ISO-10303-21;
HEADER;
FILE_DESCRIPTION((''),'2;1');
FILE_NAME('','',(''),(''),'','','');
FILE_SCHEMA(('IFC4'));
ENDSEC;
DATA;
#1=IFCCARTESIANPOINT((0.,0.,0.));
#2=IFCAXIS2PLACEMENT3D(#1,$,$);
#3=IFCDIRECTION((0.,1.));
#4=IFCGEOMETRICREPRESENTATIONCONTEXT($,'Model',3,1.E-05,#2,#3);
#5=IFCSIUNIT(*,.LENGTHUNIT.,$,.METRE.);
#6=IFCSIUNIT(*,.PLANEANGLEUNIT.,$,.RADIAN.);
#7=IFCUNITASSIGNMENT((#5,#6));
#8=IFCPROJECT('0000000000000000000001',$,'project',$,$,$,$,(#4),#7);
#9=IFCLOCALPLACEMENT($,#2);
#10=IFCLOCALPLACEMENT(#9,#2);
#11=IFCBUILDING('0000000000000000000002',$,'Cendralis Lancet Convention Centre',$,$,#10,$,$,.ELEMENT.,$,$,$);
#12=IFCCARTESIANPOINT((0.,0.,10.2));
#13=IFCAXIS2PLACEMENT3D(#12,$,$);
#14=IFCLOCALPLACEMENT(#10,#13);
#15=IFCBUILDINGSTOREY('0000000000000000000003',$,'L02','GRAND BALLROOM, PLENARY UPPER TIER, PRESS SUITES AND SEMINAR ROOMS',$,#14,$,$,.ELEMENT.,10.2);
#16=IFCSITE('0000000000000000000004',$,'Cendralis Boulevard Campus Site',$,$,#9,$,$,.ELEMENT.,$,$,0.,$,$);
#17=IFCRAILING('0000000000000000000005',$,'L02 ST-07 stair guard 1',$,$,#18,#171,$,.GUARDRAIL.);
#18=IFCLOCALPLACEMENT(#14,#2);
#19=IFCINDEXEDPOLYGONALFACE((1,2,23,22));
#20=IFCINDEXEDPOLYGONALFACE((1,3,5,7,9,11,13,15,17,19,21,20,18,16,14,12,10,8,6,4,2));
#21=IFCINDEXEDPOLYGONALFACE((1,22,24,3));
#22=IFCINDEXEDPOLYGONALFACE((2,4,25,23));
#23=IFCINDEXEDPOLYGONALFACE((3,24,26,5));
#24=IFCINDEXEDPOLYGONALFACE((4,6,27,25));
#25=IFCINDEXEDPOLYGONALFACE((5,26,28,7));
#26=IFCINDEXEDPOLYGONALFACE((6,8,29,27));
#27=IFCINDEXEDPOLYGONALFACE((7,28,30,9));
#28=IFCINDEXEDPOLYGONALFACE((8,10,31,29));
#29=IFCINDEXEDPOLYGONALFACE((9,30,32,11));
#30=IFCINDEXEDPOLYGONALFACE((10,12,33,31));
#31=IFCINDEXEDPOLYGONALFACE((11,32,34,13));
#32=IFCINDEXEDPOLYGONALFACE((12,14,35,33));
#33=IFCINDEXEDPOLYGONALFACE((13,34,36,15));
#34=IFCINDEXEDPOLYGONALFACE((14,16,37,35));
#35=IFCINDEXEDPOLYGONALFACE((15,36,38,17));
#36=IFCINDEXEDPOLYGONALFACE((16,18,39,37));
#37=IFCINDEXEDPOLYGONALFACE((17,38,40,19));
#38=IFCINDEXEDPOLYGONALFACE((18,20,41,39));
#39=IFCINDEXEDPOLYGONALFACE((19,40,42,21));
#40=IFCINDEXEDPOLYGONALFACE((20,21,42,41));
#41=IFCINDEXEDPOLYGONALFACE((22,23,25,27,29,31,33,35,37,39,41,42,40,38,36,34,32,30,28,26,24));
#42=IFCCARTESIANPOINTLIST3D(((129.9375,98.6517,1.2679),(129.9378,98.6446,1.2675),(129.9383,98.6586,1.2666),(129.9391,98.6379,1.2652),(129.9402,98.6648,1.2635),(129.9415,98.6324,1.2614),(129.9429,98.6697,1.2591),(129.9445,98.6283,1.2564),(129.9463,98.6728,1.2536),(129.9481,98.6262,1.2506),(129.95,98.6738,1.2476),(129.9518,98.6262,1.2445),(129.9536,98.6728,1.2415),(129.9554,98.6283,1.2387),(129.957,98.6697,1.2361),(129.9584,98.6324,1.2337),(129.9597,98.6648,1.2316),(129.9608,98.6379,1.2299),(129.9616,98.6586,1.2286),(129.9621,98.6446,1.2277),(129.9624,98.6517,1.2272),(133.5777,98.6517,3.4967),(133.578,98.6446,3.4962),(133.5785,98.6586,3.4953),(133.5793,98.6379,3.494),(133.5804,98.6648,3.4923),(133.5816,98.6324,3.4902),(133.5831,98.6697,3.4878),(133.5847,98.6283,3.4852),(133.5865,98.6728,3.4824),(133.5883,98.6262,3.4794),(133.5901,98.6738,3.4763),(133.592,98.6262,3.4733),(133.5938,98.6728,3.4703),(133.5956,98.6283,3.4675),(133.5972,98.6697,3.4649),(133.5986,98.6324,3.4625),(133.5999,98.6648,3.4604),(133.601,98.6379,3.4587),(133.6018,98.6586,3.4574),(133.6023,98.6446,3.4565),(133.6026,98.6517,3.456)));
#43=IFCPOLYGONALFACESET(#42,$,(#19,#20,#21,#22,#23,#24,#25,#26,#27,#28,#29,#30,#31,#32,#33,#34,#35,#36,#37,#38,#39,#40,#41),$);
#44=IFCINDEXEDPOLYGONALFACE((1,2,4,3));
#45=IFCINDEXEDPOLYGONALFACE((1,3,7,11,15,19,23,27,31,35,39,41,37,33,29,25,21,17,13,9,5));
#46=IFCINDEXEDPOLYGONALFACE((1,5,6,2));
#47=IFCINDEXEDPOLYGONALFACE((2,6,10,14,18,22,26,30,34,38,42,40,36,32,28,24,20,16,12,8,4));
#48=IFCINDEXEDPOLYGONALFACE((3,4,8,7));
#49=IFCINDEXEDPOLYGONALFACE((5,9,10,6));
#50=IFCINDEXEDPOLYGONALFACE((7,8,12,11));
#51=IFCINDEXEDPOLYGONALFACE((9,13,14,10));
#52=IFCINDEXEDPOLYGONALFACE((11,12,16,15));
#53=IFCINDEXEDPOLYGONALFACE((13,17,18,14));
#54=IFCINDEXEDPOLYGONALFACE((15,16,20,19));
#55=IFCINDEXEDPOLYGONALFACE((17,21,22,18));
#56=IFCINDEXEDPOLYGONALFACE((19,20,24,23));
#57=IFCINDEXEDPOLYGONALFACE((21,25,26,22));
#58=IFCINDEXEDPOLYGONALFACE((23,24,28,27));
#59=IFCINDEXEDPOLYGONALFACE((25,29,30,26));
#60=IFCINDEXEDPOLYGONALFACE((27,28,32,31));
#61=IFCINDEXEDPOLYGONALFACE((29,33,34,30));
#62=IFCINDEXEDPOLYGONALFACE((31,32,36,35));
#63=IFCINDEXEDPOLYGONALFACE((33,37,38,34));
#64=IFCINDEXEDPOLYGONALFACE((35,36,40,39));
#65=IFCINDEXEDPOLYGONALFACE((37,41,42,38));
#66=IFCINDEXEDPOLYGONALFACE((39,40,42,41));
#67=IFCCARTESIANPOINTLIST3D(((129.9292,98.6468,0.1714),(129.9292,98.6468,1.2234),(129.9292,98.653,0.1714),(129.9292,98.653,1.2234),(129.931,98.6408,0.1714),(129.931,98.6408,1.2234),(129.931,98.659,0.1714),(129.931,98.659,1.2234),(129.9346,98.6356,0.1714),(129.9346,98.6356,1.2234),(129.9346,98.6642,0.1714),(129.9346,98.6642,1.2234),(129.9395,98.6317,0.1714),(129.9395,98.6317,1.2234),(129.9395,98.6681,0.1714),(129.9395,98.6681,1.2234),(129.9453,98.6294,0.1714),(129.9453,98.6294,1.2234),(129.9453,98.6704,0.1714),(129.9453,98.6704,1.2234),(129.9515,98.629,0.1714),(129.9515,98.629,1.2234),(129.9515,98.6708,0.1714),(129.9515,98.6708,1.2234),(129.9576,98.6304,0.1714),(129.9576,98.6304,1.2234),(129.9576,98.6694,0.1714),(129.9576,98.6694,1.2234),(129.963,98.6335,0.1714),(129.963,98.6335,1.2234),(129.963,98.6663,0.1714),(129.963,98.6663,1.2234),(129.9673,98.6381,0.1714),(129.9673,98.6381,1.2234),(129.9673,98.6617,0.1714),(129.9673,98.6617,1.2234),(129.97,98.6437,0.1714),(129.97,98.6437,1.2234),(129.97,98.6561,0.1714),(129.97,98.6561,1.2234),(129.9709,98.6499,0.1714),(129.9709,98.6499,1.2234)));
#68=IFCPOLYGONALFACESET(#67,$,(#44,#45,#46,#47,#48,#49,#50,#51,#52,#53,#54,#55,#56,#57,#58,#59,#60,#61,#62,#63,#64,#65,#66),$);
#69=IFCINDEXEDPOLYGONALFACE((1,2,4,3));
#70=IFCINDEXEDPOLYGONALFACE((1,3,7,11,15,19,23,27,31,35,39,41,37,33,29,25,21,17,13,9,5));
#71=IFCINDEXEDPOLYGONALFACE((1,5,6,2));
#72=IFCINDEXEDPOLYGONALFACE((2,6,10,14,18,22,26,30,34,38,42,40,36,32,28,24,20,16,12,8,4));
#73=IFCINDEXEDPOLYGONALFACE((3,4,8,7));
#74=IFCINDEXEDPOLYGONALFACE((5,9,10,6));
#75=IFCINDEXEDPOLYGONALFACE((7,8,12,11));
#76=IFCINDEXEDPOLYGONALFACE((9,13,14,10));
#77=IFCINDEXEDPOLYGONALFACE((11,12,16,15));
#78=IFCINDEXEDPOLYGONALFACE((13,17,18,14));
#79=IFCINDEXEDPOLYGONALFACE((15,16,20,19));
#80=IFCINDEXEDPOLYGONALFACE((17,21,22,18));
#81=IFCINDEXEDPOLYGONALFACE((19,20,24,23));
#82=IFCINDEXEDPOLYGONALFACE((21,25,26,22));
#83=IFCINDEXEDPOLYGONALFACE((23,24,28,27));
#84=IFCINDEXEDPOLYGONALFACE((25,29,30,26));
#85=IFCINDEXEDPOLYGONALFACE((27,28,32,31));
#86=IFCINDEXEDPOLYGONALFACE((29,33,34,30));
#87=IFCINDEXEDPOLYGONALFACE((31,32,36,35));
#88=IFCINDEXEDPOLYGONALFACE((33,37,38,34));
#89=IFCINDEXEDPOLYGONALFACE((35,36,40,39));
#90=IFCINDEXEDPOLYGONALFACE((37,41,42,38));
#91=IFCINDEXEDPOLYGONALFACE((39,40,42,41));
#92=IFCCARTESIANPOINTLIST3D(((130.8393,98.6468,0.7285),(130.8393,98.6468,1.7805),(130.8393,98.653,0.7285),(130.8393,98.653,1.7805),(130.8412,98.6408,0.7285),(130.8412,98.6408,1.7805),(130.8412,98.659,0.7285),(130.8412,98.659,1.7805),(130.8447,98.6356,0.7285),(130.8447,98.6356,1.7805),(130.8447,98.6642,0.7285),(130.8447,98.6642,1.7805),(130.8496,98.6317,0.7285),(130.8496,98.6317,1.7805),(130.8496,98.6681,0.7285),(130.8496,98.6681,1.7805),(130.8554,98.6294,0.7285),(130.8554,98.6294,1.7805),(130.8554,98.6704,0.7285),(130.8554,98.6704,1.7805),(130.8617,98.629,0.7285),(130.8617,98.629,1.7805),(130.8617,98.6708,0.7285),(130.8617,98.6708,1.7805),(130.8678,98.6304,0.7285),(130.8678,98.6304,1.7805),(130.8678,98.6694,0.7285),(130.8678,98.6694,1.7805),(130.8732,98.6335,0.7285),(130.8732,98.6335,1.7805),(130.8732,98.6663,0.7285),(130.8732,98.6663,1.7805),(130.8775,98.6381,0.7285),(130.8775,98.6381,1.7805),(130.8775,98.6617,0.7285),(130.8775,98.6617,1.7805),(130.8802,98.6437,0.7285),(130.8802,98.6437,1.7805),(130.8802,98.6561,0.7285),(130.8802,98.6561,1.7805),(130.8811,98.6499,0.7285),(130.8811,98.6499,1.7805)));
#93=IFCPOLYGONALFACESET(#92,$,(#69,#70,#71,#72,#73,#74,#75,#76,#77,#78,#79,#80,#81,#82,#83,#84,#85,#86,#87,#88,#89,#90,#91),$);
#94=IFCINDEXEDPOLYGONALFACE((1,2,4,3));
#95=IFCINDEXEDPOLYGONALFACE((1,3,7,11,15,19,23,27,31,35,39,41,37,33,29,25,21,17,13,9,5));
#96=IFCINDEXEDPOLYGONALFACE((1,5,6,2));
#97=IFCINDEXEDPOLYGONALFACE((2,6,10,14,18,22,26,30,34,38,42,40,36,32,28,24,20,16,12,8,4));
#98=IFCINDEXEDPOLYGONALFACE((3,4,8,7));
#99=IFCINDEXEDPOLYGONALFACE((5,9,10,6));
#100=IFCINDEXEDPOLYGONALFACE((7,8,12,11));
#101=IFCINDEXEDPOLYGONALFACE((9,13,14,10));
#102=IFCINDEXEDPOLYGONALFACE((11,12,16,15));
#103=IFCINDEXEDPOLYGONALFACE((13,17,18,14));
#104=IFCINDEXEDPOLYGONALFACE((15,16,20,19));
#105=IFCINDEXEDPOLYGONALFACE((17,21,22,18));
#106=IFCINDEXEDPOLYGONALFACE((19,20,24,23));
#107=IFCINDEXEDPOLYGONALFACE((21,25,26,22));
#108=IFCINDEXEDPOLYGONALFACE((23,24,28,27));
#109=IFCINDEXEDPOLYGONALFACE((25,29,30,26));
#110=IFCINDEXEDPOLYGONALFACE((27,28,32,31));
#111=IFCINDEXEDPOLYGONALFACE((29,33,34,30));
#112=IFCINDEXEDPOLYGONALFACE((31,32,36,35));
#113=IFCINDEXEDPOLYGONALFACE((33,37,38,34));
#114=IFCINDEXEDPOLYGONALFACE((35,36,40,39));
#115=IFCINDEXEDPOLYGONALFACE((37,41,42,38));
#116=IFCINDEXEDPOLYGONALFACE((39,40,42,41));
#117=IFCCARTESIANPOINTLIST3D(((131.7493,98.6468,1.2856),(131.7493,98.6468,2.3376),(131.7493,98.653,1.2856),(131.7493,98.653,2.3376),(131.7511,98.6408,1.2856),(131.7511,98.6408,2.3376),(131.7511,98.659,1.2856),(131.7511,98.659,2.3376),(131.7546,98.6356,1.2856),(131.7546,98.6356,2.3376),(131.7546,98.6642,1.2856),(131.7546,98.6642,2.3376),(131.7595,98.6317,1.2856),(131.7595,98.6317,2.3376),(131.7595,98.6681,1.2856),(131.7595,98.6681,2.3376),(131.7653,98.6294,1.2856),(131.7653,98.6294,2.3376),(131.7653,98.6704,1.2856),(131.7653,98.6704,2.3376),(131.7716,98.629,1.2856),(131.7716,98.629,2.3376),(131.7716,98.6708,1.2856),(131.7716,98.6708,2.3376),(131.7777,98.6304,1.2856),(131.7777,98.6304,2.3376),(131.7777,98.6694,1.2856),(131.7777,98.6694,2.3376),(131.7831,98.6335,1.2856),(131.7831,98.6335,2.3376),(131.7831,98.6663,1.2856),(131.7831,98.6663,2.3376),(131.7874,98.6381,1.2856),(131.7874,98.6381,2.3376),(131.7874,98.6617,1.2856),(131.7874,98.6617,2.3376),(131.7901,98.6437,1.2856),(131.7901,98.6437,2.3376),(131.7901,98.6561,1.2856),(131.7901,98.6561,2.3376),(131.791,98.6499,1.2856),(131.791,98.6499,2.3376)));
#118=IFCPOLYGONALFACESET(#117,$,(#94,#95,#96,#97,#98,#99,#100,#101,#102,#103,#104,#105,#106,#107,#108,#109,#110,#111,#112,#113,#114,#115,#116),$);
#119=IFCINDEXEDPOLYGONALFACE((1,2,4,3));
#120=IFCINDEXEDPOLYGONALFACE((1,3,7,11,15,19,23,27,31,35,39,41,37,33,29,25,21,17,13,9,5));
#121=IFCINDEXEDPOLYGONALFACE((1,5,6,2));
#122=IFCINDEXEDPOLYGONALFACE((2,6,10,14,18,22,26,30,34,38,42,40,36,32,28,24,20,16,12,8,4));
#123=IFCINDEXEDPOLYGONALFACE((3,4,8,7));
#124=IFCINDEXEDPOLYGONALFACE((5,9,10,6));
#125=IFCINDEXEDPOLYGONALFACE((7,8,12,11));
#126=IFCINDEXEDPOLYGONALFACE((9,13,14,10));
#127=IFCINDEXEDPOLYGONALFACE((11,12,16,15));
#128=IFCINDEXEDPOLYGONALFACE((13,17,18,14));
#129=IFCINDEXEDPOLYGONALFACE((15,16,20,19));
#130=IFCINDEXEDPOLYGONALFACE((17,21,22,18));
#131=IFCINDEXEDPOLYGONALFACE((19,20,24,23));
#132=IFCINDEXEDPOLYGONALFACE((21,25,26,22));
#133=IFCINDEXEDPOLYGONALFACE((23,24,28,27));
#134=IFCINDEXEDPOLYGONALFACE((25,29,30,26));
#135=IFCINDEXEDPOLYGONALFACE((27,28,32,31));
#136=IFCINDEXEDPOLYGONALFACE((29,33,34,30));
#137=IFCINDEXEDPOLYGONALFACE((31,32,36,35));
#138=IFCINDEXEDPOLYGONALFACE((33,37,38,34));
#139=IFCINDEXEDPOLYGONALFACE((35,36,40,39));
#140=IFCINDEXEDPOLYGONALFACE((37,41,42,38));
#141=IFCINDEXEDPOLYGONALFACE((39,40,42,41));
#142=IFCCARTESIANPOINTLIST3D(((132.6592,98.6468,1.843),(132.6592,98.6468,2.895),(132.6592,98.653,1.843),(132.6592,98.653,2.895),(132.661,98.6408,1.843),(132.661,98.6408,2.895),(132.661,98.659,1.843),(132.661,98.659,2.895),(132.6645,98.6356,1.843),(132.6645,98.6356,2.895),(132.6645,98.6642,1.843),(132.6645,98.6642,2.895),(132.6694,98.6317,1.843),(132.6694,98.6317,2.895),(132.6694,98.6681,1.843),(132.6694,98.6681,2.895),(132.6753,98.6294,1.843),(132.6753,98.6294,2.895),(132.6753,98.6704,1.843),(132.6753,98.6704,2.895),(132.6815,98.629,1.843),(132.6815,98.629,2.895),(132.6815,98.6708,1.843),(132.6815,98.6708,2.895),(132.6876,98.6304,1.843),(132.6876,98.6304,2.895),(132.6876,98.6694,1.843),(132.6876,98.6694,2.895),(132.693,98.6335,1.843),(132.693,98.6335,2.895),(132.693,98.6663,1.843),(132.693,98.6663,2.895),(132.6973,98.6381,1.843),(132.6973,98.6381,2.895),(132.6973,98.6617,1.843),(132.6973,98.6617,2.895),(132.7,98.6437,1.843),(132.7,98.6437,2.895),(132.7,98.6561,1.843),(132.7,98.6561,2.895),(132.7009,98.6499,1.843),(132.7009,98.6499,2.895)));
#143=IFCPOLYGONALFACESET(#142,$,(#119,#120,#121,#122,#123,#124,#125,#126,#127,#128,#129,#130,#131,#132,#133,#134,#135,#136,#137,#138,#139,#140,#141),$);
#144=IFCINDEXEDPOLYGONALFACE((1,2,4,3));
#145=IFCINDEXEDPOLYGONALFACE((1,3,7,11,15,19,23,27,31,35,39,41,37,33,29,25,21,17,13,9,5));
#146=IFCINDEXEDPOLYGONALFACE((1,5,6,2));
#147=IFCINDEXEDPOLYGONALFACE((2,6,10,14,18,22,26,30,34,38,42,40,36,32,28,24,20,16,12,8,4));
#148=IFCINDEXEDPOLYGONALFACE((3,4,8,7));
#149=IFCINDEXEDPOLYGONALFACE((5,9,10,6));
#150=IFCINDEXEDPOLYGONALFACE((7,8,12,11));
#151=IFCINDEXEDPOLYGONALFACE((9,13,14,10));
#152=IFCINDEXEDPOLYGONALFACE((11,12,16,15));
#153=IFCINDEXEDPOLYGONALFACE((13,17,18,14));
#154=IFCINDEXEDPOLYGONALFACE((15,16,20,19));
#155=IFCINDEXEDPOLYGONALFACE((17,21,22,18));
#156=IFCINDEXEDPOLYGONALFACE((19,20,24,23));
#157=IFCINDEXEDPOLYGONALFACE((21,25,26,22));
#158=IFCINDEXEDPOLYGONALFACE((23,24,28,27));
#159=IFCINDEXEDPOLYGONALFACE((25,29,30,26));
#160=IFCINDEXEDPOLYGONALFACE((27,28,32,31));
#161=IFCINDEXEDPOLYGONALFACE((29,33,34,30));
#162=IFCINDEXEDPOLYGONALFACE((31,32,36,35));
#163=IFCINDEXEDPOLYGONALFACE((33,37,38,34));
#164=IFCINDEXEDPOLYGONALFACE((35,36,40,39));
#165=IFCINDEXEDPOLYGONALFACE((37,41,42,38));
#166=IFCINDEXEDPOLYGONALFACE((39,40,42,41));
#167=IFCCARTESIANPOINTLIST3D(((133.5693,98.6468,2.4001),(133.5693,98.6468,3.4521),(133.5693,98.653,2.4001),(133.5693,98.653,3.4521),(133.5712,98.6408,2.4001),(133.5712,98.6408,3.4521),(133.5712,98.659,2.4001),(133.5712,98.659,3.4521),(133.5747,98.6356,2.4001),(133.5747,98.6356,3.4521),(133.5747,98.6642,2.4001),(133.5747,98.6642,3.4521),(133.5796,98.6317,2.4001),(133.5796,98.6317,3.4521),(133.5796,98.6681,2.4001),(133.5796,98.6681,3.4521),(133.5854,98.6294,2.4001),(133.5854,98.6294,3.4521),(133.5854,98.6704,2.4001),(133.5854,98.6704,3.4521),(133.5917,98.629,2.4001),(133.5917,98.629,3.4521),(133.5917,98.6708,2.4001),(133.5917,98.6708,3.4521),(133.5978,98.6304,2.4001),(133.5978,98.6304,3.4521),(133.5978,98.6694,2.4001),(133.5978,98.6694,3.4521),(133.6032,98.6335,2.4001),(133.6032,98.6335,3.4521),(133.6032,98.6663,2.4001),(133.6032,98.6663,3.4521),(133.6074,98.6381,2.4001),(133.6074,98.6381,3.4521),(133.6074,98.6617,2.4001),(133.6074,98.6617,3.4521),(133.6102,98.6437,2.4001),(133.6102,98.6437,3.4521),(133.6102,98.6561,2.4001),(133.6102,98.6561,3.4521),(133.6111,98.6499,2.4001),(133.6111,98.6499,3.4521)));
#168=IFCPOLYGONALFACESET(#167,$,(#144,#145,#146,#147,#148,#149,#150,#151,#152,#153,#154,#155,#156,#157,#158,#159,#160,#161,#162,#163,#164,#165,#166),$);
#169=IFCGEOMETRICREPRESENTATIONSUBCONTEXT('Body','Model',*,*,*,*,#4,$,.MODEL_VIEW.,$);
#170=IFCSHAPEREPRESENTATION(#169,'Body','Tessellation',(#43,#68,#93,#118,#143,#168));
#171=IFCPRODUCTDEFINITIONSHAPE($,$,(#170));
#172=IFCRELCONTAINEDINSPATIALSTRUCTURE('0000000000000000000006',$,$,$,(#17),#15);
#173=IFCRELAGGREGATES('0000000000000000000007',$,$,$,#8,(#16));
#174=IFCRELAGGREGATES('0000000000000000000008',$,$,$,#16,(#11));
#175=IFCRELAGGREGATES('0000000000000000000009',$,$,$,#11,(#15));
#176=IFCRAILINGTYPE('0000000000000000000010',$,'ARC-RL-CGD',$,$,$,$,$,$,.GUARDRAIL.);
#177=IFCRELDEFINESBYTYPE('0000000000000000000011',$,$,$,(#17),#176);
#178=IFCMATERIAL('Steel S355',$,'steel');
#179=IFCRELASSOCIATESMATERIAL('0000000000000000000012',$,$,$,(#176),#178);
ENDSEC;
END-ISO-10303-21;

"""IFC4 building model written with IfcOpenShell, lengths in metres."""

from ifc_helpers import new_model, si_unit, direction, frame, origin, origin_2d, place, context, subcontext, project, spatial, circle, extrude, material, type_object, element, save


model = new_model("IFC4")

# Units and contexts
model_context = context("Model", 3, precision=1e-05, world=origin(), true_north=direction((0.0, 1.0)))
body_context = subcontext(model_context, "Body", "Model", "MODEL_VIEW")
ifc_project = project(units=[si_unit("LENGTHUNIT", "METRE"), si_unit("PLANEANGLEUNIT", "RADIAN")], contexts=[model_context])

# Site, building, storey
site_placement = place(None, origin())
site = spatial("IfcSite", under=ifc_project, at=site_placement, Name="Cendralis Boulevard Campus Site", CompositionType="ELEMENT", RefElevation=0.0)
building_placement = place(site_placement, origin())
building = spatial("IfcBuilding", under=site, at=building_placement, Name="Cendralis Lancet Convention Centre", CompositionType="ELEMENT")
storey_placement = place(building_placement, frame((0.0, 0.0, 10.2)))
storey = spatial("IfcBuildingStorey", under=building, at=storey_placement, Name="L02", Description="GRAND BALLROOM, PLENARY UPPER TIER, PRESS SUITES AND SEMINAR ROOMS", CompositionType="ELEMENT", Elevation=10.2)

# Shared definitions
ifc_material_1 = material(Name="Steel S355", Category="steel")

# Railing
railing_type_1 = type_object("IfcRailingType", Name="ARC-RL-CGD", PredefinedType="GUARDRAIL", material=ifc_material_1)
railing_1_placement = place(storey_placement, frame((129.95, 98.6499, 0.1714)))
element("IfcRailing", 1, at=railing_1_placement, inside=storey, type_object=railing_type_1, Name="L02 ST-07 stair guard 1", PredefinedType="GUARDRAIL", context=body_context, shape_type="SweptSolid", body=[
    extrude(circle(Radius=0.0239, at=origin_2d()), frame((0.0, 0.0, 1.0762), z_axis=(0.85284, 0.0, 0.522172), x_axis=(0.0, 1.0, 0.0)), (0.0, 0.0, 1.0), 4.2683),
    extrude(circle(Radius=0.021, at=origin_2d()), origin(), (0.0, 0.0, 1.0), 1.052),
    extrude(circle(Radius=0.021, at=origin_2d()), frame((0.9102, 0.0, 0.5571)), (0.0, 0.0, 1.0), 1.052),
    extrude(circle(Radius=0.021, at=origin_2d()), frame((1.8201, 0.0, 1.1143)), (0.0, 0.0, 1.0), 1.052),
    extrude(circle(Radius=0.021, at=origin_2d()), frame((2.73, 0.0, 1.6716)), (0.0, 0.0, 1.0), 1.052),
    extrude(circle(Radius=0.021, at=origin_2d()), frame((3.6401, 0.0, 2.2288)), (0.0, 0.0, 1.0), 1.052),
])

save(model, "model.ifc")
